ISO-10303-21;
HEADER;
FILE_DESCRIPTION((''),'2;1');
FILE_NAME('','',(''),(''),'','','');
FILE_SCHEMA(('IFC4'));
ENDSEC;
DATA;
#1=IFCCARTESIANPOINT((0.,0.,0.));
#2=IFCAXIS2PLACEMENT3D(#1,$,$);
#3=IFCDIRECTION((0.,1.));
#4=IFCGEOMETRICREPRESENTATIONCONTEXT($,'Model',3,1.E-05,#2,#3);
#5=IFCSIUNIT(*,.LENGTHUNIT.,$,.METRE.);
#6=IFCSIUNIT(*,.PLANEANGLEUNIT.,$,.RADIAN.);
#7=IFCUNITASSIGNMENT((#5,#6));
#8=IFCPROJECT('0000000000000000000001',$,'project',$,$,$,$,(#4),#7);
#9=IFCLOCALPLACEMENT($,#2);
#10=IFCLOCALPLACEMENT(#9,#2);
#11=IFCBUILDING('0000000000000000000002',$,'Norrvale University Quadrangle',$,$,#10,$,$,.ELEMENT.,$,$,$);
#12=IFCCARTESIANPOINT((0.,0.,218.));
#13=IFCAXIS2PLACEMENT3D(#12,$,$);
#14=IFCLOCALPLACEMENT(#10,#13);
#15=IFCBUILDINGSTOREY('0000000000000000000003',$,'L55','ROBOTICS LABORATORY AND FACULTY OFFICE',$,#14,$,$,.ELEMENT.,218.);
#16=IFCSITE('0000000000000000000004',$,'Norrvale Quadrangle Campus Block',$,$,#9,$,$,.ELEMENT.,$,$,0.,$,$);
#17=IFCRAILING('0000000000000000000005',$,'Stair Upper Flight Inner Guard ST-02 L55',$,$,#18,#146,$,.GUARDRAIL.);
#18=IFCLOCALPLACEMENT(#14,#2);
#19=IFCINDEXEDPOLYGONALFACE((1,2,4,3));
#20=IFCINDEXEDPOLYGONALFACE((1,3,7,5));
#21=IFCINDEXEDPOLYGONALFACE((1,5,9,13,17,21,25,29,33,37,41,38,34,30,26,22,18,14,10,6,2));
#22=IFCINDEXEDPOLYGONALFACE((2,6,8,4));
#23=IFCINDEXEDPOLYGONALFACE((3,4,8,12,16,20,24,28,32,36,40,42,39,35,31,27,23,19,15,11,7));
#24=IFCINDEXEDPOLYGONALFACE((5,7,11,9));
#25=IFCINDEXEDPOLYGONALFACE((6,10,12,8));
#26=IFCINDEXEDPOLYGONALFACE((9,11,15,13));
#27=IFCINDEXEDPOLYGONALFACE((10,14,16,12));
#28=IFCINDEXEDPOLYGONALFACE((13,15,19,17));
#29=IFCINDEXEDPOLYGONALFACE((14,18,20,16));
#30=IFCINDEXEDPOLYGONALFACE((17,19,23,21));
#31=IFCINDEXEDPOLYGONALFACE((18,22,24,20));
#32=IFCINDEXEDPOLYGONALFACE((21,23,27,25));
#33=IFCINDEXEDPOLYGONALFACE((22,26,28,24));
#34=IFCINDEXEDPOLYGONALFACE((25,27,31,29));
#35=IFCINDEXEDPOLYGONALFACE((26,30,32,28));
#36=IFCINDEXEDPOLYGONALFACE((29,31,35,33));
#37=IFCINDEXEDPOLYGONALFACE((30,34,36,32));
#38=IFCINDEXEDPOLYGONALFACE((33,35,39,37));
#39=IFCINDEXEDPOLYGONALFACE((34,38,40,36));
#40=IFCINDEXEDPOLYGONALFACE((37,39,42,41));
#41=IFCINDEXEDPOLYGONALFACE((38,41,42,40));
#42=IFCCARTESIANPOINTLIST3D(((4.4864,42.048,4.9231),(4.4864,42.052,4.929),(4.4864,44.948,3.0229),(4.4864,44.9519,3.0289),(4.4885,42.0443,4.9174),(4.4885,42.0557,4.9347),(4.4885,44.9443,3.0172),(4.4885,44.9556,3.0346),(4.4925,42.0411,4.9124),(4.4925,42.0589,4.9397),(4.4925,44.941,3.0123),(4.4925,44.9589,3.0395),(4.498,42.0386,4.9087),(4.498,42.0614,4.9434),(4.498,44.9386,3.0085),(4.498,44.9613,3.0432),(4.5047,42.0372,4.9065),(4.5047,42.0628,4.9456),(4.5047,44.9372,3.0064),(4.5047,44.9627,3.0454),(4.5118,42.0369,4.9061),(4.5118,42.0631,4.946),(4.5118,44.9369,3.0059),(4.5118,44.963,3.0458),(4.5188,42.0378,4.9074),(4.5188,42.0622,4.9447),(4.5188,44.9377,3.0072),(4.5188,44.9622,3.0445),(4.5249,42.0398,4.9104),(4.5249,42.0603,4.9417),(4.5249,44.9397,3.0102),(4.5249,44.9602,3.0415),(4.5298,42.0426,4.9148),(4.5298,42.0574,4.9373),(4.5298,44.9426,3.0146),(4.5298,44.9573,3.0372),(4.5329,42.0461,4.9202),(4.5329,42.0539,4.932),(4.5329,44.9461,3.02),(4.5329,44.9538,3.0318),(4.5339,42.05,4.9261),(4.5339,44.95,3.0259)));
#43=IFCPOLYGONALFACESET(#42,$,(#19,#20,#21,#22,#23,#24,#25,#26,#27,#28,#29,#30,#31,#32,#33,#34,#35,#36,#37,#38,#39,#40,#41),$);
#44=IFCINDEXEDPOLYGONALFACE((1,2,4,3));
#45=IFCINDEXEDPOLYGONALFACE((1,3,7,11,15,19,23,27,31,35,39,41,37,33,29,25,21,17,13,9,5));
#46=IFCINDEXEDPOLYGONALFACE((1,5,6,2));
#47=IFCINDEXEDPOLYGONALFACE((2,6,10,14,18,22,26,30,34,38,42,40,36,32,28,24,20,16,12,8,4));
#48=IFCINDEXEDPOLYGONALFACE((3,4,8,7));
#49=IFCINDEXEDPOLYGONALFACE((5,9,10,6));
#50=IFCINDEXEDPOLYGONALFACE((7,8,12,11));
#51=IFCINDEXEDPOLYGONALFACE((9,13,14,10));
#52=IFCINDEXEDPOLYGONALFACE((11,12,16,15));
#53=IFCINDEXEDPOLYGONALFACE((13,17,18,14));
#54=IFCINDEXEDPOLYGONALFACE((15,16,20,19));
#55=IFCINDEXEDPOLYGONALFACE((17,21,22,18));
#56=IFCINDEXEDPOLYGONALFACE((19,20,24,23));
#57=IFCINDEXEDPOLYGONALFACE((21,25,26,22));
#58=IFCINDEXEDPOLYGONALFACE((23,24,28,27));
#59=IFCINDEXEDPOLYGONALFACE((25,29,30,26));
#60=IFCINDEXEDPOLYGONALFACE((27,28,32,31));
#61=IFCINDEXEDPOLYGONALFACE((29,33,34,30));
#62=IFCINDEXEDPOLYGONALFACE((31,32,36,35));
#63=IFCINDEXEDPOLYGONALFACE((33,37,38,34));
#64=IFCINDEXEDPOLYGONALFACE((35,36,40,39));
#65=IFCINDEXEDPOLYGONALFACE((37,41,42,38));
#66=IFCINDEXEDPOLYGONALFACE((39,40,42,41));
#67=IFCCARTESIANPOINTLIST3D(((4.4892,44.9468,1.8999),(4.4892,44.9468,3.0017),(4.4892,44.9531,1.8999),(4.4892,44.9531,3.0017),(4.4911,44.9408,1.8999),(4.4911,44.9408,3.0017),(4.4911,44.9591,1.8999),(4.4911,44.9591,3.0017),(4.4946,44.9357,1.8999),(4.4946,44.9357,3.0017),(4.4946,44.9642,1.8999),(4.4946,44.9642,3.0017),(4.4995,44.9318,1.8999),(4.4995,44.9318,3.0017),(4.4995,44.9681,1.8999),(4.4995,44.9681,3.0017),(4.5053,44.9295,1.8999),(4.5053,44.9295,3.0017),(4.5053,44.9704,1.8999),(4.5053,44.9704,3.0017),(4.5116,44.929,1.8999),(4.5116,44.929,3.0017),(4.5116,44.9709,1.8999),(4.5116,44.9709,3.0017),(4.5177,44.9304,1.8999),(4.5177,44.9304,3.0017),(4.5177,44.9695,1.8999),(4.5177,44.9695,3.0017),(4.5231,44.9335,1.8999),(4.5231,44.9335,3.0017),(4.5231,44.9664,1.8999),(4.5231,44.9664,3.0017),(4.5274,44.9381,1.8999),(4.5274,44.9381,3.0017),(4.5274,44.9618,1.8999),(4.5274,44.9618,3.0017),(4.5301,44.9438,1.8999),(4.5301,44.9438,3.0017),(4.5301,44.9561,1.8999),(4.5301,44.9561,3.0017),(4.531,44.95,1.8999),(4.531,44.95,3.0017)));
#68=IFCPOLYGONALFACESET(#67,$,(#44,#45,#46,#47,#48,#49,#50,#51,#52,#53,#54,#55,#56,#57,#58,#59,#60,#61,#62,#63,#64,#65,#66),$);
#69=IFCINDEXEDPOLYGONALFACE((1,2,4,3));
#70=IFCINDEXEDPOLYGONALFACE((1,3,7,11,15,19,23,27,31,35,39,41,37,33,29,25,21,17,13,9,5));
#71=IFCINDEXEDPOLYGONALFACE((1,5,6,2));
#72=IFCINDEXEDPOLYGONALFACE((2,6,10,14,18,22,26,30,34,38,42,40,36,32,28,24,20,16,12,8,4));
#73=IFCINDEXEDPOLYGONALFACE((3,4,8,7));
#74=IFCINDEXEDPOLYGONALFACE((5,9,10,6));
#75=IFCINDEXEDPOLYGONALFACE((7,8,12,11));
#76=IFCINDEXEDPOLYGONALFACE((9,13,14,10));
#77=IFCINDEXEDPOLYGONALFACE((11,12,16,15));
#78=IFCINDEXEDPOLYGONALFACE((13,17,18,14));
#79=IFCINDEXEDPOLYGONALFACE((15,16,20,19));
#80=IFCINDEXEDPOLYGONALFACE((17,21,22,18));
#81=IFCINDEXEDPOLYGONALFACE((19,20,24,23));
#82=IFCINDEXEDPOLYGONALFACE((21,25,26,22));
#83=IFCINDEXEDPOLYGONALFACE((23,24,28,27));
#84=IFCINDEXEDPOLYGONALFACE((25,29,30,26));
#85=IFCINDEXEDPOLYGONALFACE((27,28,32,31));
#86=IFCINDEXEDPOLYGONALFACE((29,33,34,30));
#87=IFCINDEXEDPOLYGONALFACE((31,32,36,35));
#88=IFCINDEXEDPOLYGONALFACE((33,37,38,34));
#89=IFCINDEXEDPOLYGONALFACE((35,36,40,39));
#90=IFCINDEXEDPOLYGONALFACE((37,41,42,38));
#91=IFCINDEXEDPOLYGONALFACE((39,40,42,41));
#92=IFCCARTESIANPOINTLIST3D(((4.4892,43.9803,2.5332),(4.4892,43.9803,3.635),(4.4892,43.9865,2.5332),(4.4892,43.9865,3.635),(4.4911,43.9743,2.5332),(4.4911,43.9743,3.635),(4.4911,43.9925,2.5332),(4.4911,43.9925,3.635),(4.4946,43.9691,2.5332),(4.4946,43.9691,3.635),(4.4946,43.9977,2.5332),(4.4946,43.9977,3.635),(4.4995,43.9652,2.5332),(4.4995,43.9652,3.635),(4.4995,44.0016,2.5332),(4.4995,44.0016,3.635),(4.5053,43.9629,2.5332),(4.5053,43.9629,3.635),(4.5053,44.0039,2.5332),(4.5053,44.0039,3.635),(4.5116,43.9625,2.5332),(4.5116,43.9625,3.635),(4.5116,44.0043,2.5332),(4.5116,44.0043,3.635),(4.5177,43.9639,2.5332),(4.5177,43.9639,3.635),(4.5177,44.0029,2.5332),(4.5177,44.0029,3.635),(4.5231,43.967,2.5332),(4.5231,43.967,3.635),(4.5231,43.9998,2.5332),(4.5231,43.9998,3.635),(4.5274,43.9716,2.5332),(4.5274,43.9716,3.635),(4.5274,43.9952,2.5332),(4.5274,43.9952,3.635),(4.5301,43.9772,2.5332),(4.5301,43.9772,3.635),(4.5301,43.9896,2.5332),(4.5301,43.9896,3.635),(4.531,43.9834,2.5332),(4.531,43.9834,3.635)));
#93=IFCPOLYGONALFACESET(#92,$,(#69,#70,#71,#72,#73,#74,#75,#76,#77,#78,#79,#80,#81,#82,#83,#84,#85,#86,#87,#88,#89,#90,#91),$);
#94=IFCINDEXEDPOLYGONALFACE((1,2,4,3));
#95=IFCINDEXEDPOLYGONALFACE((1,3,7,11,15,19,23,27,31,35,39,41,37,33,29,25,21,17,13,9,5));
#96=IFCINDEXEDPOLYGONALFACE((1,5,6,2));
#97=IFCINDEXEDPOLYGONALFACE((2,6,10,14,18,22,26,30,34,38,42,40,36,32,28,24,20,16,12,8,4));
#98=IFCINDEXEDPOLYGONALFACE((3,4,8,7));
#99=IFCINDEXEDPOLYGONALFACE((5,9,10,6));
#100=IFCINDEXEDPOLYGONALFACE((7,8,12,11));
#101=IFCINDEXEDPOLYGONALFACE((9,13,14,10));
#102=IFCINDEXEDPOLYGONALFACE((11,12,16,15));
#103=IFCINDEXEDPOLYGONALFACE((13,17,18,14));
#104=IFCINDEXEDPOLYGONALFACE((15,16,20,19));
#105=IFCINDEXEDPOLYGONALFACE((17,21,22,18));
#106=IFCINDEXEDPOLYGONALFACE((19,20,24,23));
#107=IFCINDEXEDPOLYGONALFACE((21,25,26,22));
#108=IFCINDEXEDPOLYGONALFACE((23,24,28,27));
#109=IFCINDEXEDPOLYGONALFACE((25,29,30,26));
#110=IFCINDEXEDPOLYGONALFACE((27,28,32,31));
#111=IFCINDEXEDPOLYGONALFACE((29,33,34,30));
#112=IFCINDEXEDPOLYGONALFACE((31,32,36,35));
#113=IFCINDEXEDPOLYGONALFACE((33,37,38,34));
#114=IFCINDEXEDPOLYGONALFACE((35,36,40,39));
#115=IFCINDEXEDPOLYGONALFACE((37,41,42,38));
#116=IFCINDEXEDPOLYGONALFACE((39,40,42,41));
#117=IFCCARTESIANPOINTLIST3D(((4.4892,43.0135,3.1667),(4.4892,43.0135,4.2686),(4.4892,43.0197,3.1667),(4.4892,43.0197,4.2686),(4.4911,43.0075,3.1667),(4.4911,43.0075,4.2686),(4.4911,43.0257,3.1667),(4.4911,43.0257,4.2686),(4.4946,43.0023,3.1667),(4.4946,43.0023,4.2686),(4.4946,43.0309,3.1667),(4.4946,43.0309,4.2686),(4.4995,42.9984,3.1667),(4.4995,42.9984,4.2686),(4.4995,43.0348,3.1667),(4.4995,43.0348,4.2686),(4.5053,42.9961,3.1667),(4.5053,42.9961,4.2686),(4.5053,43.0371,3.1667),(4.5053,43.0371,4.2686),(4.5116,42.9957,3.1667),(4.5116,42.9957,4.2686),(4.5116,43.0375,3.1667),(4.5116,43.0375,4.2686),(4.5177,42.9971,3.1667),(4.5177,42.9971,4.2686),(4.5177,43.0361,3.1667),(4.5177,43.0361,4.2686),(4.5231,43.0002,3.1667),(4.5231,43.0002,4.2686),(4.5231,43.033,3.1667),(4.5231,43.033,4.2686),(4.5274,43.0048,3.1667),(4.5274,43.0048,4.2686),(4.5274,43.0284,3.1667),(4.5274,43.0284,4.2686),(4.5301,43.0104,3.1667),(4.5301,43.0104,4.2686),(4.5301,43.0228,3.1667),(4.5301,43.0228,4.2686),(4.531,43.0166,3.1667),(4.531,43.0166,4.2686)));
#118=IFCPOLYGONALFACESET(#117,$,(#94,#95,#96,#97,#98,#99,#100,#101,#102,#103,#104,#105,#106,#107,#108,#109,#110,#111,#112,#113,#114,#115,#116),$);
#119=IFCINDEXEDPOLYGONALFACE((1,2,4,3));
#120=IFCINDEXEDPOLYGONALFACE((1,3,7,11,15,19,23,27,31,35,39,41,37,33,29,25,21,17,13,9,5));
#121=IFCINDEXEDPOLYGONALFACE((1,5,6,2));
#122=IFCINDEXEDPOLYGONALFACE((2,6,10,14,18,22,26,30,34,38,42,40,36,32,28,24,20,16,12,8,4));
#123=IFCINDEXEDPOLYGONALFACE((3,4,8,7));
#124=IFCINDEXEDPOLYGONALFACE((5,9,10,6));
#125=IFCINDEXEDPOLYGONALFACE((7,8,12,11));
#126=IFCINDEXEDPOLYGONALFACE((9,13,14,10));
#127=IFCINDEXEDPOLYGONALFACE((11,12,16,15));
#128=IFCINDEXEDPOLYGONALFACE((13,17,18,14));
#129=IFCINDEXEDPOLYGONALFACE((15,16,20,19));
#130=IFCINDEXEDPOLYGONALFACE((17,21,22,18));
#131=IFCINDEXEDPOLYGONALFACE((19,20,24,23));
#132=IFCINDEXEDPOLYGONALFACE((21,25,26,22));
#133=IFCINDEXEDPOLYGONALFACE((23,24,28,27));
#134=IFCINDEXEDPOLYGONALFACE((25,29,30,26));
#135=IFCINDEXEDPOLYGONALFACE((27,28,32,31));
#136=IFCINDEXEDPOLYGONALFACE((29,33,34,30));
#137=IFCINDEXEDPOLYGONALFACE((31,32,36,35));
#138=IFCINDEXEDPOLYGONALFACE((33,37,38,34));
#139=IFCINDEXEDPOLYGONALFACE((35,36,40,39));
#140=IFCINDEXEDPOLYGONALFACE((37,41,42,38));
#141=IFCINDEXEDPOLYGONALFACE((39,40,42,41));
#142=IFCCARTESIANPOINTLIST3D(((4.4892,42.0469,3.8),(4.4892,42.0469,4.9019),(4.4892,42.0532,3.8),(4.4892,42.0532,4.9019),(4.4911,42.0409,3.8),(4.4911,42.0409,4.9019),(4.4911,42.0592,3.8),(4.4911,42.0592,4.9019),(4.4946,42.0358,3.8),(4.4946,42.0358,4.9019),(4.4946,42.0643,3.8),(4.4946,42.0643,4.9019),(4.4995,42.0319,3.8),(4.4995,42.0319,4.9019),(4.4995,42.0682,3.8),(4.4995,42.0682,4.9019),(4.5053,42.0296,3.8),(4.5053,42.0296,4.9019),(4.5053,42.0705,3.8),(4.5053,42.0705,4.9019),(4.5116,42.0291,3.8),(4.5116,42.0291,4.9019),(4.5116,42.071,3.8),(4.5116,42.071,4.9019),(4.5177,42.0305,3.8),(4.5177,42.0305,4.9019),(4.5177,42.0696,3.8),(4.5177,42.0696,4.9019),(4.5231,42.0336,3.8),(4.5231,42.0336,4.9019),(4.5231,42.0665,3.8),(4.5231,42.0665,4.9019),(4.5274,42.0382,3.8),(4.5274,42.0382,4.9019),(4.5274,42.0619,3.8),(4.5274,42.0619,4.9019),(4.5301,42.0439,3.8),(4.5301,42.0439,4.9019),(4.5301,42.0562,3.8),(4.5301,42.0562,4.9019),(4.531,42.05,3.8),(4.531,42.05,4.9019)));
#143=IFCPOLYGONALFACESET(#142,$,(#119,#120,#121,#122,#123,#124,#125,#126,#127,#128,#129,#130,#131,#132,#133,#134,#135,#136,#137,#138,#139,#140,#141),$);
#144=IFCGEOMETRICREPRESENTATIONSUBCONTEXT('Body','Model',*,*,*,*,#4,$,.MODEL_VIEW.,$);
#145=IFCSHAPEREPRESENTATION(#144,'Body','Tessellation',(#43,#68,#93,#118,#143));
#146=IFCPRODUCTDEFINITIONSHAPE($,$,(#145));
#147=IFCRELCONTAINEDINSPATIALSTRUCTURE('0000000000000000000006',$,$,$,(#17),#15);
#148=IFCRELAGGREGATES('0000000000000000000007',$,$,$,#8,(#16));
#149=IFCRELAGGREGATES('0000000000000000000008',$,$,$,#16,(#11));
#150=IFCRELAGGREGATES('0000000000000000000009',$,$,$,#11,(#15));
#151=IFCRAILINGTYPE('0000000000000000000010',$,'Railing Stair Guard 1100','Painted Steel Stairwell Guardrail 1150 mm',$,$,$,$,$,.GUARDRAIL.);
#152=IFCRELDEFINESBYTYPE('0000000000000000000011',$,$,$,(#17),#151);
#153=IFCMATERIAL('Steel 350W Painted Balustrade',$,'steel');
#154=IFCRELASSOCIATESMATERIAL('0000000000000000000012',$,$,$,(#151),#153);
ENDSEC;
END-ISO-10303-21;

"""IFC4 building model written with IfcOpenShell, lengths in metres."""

from ifc_helpers import new_model, si_unit, direction, frame, origin, origin_2d, place, context, subcontext, project, spatial, circle, extrude, material, type_object, element, save


model = new_model("IFC4")

# Units and contexts
model_context = context("Model", 3, precision=1e-05, world=origin(), true_north=direction((0.0, 1.0)))
body_context = subcontext(model_context, "Body", "Model", "MODEL_VIEW")
ifc_project = project(units=[si_unit("LENGTHUNIT", "METRE"), si_unit("PLANEANGLEUNIT", "RADIAN")], contexts=[model_context])

# Site, building, storey
site_placement = place(None, origin())
site = spatial("IfcSite", under=ifc_project, at=site_placement, Name="Norrvale Quadrangle Campus Block", CompositionType="ELEMENT", RefElevation=0.0)
building_placement = place(site_placement, origin())
building = spatial("IfcBuilding", under=site, at=building_placement, Name="Norrvale University Quadrangle", CompositionType="ELEMENT")
storey_placement = place(building_placement, frame((0.0, 0.0, 218.0)))
storey = spatial("IfcBuildingStorey", under=building, at=storey_placement, Name="L55", Description="ROBOTICS LABORATORY AND FACULTY OFFICE", CompositionType="ELEMENT", Elevation=218.0)

# Railing
ifc_material_1 = material(Name="Steel 350W Painted Balustrade", Category="steel")
railing_type_1 = type_object("IfcRailingType", Name="Railing Stair Guard 1100", Description="Painted Steel Stairwell Guardrail 1150 mm", PredefinedType="GUARDRAIL", material=ifc_material_1)
railing_1_placement = place(storey_placement, frame((4.51, 44.95, 1.8999)))
element("IfcRailing", 1, at=railing_1_placement, inside=storey, type_object=railing_type_1, Name="Stair Upper Flight Inner Guard ST-02 L55", PredefinedType="GUARDRAIL", context=body_context, shape_type="SweptSolid", body=[
    extrude(circle(Radius=0.0239, at=origin_2d()), frame((0.0, 0.0, 1.126), z_axis=(0.0, -0.836433, 0.548069), x_axis=(1.0, 0.0, 0.0)), (0.0, 0.0, 1.0), 3.467),
    extrude(circle(Radius=0.021, at=origin_2d()), origin(), (0.0, 0.0, 1.0), 1.1018),
    extrude(circle(Radius=0.021, at=origin_2d()), frame((0.0, -0.9666, 0.6333)), (0.0, 0.0, 1.0), 1.1018),
    extrude(circle(Radius=0.021, at=origin_2d()), frame((0.0, -1.9333, 1.2668)), (0.0, 0.0, 1.0), 1.1018),
    extrude(circle(Radius=0.021, at=origin_2d()), frame((0.0, -2.8999, 1.9001)), (0.0, 0.0, 1.0), 1.1018),
])

save(model, "model.ifc")
